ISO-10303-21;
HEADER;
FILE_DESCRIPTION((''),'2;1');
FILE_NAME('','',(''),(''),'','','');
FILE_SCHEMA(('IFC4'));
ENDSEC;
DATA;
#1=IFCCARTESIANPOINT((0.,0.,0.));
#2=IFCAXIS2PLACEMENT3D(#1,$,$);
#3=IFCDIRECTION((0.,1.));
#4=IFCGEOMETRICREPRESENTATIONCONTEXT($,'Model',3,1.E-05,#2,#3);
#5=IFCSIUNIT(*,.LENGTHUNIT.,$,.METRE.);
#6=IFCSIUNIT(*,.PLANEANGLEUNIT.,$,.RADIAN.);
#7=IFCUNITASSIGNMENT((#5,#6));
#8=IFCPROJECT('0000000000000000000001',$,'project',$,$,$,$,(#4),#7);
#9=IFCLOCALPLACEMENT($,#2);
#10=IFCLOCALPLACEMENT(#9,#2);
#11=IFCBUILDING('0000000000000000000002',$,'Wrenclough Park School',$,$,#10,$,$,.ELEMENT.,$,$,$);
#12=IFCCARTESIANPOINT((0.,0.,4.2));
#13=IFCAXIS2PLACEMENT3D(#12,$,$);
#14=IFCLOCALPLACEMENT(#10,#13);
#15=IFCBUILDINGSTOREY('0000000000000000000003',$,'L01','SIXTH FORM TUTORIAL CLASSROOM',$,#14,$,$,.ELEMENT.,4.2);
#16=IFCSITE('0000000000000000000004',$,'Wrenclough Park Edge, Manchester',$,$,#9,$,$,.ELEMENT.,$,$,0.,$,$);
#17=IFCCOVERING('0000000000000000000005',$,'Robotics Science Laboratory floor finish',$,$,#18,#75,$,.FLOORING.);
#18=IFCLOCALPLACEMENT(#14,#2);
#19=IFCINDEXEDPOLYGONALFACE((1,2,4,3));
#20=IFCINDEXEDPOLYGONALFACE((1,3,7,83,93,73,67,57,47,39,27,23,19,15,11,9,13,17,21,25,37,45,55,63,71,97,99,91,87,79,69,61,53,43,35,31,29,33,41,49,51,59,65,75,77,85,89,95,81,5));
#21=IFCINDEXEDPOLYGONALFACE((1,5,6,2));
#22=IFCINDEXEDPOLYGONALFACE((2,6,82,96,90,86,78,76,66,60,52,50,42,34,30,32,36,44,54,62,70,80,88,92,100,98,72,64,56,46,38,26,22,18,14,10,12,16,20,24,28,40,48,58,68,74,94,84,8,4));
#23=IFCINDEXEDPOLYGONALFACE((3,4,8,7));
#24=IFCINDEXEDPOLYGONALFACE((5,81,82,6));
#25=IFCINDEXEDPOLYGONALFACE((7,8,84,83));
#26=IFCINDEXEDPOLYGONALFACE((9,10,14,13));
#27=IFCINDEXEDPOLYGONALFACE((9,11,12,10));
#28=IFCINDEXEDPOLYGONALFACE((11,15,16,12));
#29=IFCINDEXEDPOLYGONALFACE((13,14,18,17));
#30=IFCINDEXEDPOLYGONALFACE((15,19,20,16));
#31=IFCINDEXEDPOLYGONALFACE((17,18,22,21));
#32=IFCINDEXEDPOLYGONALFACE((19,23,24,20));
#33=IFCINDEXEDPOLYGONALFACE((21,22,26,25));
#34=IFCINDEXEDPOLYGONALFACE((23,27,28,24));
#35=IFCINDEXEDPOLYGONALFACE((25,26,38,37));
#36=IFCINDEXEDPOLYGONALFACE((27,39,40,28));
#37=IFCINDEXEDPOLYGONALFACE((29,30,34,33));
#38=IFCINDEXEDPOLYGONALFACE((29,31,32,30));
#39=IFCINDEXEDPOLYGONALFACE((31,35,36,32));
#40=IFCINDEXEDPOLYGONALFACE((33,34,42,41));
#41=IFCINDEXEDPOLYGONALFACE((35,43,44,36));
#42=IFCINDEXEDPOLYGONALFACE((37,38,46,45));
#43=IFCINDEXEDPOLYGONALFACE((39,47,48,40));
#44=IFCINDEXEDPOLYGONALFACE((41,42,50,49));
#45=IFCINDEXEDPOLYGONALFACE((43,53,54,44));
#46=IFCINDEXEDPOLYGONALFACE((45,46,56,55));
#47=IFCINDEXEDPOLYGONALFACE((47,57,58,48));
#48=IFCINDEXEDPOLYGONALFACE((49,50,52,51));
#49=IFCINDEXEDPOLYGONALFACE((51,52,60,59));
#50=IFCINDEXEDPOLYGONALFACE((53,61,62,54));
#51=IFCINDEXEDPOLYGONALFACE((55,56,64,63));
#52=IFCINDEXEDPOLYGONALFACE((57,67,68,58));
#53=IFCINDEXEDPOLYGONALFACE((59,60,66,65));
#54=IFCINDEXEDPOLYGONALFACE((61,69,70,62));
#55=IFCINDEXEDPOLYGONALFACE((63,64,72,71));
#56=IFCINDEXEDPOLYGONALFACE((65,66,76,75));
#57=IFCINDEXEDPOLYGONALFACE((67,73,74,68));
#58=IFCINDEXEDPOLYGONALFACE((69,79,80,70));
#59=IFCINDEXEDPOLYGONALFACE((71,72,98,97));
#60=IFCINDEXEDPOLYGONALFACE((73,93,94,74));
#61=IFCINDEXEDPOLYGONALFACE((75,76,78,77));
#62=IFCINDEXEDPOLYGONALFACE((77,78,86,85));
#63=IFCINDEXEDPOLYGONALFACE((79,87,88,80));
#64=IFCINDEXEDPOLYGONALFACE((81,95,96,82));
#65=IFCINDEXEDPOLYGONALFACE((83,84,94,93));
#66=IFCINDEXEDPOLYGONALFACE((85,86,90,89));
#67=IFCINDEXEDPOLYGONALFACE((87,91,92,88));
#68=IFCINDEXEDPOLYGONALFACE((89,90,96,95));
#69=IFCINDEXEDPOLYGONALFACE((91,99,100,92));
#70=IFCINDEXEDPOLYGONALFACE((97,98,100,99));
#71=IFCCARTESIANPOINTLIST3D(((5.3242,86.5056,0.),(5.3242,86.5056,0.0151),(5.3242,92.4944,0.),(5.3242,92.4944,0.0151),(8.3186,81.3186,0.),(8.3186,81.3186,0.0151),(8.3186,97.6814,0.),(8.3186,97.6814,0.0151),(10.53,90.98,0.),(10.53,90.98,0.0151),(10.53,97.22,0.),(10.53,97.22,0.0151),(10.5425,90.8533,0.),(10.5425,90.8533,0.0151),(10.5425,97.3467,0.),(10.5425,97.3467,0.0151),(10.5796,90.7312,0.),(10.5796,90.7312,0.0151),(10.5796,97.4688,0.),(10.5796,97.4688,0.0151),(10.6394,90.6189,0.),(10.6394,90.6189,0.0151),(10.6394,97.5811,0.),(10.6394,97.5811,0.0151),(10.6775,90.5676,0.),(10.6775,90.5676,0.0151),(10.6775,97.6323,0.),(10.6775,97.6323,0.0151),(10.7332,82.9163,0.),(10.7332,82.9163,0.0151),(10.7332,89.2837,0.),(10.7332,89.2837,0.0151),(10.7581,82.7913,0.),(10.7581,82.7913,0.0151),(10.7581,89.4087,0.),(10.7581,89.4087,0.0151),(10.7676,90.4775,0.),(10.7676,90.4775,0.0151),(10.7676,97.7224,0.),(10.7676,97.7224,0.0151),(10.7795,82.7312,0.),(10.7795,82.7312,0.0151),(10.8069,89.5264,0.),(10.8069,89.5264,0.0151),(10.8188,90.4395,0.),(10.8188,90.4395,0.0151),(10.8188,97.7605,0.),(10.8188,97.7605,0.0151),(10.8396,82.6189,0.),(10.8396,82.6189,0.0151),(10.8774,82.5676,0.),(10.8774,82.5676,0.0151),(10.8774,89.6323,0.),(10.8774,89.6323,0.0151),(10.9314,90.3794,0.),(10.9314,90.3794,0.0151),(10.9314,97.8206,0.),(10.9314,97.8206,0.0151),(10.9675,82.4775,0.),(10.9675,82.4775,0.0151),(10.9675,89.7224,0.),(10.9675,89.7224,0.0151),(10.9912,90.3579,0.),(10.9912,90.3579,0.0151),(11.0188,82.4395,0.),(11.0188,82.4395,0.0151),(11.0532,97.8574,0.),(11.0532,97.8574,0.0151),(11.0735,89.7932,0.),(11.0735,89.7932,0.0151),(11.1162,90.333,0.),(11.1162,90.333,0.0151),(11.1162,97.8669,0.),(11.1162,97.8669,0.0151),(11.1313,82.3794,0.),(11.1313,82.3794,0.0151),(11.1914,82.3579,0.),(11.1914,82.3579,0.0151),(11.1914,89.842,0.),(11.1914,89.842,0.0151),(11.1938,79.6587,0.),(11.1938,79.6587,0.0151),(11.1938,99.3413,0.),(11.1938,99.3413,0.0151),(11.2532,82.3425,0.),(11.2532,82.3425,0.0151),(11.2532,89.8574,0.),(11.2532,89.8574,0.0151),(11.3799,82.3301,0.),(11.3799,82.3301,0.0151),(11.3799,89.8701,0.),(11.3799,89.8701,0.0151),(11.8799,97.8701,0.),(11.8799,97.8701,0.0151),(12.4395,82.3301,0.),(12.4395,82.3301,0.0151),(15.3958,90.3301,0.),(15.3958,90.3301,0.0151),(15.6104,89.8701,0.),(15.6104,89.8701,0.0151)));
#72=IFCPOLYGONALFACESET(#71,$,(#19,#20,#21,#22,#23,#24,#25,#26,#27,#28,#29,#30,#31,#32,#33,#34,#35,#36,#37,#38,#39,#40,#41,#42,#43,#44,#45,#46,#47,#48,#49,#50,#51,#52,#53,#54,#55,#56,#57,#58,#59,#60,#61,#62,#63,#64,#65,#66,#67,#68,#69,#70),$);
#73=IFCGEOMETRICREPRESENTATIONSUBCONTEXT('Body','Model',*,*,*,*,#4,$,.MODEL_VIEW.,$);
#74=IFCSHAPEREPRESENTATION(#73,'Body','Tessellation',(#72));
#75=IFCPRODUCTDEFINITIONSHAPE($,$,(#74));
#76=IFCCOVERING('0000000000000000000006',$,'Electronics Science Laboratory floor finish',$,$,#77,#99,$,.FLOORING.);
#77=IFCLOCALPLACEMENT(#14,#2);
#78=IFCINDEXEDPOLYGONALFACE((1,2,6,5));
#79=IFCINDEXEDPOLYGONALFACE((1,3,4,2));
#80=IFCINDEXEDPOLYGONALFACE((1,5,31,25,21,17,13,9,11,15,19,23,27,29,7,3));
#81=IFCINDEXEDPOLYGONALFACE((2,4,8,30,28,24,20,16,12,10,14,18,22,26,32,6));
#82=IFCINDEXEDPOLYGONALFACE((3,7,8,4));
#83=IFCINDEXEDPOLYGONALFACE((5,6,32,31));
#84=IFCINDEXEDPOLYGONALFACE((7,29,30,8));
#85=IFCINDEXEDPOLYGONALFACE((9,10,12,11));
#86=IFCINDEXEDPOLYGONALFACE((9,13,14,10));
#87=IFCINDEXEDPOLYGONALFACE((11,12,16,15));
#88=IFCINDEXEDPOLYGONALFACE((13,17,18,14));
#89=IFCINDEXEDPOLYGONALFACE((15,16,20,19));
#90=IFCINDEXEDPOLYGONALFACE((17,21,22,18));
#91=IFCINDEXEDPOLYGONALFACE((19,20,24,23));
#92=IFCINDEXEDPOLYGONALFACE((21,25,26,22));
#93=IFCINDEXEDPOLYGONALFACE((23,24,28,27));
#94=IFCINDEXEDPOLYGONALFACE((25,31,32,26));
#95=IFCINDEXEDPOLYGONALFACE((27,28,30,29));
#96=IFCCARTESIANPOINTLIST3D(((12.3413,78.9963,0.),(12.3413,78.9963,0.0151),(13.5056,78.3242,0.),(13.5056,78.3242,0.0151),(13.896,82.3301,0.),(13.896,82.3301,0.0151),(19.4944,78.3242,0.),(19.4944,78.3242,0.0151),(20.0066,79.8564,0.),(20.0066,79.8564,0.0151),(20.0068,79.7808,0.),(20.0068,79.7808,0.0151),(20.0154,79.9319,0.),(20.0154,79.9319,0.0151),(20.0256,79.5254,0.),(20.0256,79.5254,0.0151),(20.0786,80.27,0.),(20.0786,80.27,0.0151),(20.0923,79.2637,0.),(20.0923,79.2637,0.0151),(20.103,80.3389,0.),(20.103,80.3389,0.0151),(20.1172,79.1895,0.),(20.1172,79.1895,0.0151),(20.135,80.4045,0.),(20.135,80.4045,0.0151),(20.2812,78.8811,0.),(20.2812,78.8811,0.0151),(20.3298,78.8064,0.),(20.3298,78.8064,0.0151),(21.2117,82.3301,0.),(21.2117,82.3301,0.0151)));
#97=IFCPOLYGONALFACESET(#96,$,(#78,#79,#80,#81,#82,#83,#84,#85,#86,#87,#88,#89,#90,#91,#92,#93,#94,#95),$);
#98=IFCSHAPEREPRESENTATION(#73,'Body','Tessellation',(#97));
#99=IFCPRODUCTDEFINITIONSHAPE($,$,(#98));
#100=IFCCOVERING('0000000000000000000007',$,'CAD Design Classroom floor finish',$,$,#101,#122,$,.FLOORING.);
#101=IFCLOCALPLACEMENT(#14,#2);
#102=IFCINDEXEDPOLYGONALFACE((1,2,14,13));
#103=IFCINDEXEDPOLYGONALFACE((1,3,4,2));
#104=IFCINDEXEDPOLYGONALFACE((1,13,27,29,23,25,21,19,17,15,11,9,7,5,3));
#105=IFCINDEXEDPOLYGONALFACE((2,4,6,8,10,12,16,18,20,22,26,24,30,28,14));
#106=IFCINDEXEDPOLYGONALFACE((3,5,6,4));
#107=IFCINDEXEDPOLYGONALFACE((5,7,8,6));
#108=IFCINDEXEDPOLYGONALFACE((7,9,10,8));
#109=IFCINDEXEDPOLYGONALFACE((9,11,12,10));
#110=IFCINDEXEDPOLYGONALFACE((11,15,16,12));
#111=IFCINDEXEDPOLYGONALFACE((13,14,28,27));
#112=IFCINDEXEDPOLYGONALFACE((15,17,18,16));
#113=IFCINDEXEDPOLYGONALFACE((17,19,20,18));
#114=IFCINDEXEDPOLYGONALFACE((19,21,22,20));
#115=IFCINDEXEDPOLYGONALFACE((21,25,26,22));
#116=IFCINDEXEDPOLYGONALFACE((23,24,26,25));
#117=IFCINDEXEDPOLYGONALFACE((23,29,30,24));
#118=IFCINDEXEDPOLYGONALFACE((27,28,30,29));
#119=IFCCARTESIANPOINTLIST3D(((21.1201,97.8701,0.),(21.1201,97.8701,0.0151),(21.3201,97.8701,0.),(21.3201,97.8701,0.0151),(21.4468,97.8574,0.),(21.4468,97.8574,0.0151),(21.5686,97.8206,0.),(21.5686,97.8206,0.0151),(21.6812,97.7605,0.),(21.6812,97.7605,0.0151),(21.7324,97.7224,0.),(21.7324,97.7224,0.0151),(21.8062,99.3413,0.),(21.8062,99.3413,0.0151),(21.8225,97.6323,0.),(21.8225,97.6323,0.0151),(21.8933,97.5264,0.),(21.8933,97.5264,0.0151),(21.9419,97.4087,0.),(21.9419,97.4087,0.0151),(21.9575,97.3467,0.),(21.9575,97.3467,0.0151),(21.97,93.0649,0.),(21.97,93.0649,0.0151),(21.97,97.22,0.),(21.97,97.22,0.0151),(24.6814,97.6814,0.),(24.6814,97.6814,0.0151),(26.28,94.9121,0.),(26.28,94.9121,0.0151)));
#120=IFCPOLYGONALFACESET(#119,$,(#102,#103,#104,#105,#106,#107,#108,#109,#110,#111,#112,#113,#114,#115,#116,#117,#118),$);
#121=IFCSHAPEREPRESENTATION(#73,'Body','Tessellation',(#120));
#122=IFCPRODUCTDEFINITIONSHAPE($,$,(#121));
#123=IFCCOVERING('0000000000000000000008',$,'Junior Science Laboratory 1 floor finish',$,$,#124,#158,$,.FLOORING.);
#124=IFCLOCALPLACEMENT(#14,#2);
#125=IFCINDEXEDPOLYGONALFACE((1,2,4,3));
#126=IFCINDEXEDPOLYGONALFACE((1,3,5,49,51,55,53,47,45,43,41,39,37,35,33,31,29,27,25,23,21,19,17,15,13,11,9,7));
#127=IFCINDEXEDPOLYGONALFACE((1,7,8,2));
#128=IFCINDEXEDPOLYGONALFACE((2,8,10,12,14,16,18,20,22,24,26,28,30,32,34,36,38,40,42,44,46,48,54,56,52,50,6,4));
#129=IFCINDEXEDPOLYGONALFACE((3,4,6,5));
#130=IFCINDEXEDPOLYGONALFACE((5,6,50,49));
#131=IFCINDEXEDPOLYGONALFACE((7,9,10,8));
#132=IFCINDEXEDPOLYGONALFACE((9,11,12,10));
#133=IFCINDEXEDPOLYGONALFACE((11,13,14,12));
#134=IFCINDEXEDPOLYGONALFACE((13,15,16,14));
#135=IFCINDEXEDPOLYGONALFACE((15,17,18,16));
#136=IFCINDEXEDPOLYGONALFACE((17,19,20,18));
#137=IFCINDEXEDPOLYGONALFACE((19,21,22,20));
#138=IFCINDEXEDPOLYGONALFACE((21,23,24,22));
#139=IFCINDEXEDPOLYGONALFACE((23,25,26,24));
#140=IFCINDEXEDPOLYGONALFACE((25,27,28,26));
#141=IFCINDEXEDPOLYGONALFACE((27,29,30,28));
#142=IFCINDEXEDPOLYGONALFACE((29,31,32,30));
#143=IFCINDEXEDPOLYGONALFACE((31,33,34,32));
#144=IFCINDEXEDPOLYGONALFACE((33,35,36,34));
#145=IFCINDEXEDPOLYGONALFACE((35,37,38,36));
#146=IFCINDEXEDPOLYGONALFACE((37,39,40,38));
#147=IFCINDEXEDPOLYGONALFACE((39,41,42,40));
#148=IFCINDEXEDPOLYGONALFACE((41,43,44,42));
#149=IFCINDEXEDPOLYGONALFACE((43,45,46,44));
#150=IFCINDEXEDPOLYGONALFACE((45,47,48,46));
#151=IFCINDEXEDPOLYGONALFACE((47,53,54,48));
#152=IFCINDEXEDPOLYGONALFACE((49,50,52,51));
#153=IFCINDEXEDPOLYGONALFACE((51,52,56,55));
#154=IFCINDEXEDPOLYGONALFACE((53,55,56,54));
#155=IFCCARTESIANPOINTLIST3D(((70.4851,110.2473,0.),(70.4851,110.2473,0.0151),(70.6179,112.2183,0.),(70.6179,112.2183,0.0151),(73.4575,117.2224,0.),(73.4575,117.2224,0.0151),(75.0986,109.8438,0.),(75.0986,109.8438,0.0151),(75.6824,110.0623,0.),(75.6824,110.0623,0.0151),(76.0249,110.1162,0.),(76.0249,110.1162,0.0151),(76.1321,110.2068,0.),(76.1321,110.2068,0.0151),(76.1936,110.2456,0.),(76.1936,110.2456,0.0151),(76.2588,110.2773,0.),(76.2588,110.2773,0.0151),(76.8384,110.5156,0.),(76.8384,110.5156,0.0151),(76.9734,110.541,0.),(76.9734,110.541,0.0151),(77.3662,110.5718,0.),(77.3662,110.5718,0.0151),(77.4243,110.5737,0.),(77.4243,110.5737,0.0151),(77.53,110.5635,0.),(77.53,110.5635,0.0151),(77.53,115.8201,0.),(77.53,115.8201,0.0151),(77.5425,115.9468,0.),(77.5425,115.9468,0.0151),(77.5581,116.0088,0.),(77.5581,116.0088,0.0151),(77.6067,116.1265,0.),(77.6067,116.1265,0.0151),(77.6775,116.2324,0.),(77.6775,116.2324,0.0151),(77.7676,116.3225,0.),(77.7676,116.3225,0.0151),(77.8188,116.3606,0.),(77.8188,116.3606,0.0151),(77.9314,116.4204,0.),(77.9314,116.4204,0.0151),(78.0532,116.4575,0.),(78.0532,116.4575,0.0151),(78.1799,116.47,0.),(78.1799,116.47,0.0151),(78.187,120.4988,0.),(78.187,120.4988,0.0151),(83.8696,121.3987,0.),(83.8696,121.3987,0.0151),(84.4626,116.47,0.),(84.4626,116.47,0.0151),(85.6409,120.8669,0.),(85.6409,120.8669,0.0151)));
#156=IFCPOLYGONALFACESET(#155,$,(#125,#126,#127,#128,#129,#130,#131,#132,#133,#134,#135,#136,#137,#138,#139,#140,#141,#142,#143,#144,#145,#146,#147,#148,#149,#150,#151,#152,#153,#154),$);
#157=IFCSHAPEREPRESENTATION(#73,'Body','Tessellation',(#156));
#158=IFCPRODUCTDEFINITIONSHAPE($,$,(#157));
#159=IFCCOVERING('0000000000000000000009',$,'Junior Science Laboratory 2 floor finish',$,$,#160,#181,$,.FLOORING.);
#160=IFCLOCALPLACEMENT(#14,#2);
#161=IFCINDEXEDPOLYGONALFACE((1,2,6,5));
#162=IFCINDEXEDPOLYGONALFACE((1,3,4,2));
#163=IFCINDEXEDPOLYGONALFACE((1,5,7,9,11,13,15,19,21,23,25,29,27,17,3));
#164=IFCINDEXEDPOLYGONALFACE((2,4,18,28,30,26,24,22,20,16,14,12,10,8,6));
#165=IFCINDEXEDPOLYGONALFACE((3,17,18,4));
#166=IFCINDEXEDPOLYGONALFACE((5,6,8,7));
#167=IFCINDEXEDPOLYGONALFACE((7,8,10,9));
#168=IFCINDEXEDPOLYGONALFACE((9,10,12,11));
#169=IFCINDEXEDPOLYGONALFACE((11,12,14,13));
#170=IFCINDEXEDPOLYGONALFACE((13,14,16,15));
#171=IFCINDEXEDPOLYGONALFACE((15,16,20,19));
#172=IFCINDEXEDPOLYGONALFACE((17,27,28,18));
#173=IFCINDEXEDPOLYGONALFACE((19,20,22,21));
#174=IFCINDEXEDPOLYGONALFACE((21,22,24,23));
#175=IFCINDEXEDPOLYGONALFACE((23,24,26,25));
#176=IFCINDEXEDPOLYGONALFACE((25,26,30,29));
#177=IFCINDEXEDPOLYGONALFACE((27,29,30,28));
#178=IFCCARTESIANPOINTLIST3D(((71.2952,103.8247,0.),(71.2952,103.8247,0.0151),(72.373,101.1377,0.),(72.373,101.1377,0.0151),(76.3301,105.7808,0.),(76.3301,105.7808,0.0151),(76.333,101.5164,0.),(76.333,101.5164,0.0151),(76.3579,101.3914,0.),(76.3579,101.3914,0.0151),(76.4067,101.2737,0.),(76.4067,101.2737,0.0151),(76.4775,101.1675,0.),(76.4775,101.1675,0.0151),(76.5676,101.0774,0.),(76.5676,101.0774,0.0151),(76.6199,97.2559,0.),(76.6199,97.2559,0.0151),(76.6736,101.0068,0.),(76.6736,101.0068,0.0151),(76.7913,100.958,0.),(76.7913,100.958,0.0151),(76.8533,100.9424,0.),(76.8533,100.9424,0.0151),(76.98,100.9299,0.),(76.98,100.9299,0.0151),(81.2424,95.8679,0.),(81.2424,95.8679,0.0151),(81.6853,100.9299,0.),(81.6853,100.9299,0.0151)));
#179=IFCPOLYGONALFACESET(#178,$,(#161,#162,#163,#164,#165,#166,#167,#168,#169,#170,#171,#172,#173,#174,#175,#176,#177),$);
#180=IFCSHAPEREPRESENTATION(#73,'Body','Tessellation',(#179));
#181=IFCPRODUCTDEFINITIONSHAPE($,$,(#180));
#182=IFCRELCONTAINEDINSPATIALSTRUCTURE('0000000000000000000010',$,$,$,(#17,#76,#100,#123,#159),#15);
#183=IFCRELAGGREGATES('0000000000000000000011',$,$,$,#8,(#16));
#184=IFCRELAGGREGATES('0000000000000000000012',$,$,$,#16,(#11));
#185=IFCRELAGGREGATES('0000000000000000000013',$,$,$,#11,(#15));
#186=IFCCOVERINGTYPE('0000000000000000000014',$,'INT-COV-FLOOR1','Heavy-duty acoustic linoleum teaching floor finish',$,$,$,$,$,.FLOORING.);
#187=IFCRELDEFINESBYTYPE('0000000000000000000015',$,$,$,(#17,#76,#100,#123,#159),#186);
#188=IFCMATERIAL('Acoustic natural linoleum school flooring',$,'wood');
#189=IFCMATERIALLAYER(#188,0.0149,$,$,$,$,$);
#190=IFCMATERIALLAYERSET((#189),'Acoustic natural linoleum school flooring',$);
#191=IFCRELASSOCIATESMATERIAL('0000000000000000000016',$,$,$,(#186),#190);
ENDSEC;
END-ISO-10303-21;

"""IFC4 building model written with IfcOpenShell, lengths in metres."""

from ifc_helpers import new_model, si_unit, direction, frame, origin, place, context, subcontext, project, spatial, polyline, outline, extrude, material, layer, layer_set, type_object, element, save


model = new_model("IFC4")

# Units and contexts
model_context = context("Model", 3, precision=1e-05, world=origin(), true_north=direction((0.0, 1.0)))
body_context = subcontext(model_context, "Body", "Model", "MODEL_VIEW")
ifc_project = project(units=[si_unit("LENGTHUNIT", "METRE"), si_unit("PLANEANGLEUNIT", "RADIAN")], contexts=[model_context])

# Site, building, storey
site_placement = place(None, origin())
site = spatial("IfcSite", under=ifc_project, at=site_placement, Name="Wrenclough Park Edge, Manchester", CompositionType="ELEMENT", RefElevation=0.0)
building_placement = place(site_placement, origin())
building = spatial("IfcBuilding", under=site, at=building_placement, Name="Wrenclough Park School", CompositionType="ELEMENT")
storey_placement = place(building_placement, frame((0.0, 0.0, 4.2)))
storey = spatial("IfcBuildingStorey", under=building, at=storey_placement, Name="L01", Description="SIXTH FORM TUTORIAL CLASSROOM", CompositionType="ELEMENT", Elevation=4.2)

# Coverings
ifc_material_1 = material(Name="Acoustic natural linoleum school flooring", Category="wood")
ifc_layer_1 = layer(ifc_material_1, 0.0149)
ifc_layer_set_1 = layer_set([ifc_layer_1], Name="Acoustic natural linoleum school flooring")
covering_type_1 = type_object("IfcCoveringType", Name="INT-COV-FLOOR1", Description="Heavy-duty acoustic linoleum teaching floor finish", PredefinedType="FLOORING", material=ifc_layer_set_1)
covering_1_placement = place(storey_placement, origin())
element("IfcCovering", 1, at=covering_1_placement, inside=storey, type_object=covering_type_1, Name="Robotics Science Laboratory floor finish", PredefinedType="FLOORING", context=body_context, shape_type="SweptSolid", body=[
    extrude(outline(polyline([(11.3799, 89.8701), (15.6104, 89.8701), (15.3958, 90.3301), (11.1162, 90.333), (10.9912, 90.3579), (10.9314, 90.3794), (10.8188, 90.4395), (10.7676, 90.4775), (10.6775, 90.5676), (10.6394, 90.6189), (10.5796, 90.7312), (10.5425, 90.8533), (10.53, 90.98), (10.53, 97.22), (10.5425, 97.3467), (10.5796, 97.4688), (10.6394, 97.5811), (10.6775, 97.6323), (10.7676, 97.7224), (10.8188, 97.7605), (10.9314, 97.8206), (11.0532, 97.8574), (11.1162, 97.8669), (11.8799, 97.8701), (11.1938, 99.3413), (8.3186, 97.6814), (5.3242, 92.4944), (5.3242, 86.5056), (8.3186, 81.3186), (11.1938, 79.6587), (12.4395, 82.3301), (11.3799, 82.3301), (11.2532, 82.3425), (11.1914, 82.3579), (11.1313, 82.3794), (11.0188, 82.4395), (10.9675, 82.4775), (10.8774, 82.5676), (10.8396, 82.6189), (10.7795, 82.7312), (10.7581, 82.7913), (10.7332, 82.9163), (10.7332, 89.2837), (10.7581, 89.4087), (10.8069, 89.5264), (10.8774, 89.6323), (10.9675, 89.7224), (11.0735, 89.7932), (11.1914, 89.842), (11.2532, 89.8574), (11.3799, 89.8701)])), origin(), (0.0, 0.0, 1.0), 0.0151),
])
covering_2_placement = place(storey_placement, origin())
element("IfcCovering", 2, at=covering_2_placement, inside=storey, type_object=covering_type_1, Name="Electronics Science Laboratory floor finish", PredefinedType="FLOORING", context=body_context, shape_type="SweptSolid", body=[
    extrude(outline(polyline([(21.2117, 82.3301), (13.896, 82.3301), (12.3413, 78.9963), (13.5056, 78.3242), (19.4944, 78.3242), (20.3298, 78.8064), (20.2812, 78.8811), (20.1172, 79.1895), (20.0923, 79.2637), (20.0256, 79.5254), (20.0068, 79.7808), (20.0066, 79.8564), (20.0154, 79.9319), (20.0786, 80.27), (20.103, 80.3389), (20.135, 80.4045), (21.2117, 82.3301)])), origin(), (0.0, 0.0, 1.0), 0.0151),
])
covering_3_placement = place(storey_placement, origin())
element("IfcCovering", 3, at=covering_3_placement, inside=storey, type_object=covering_type_1, Name="CAD Design Classroom floor finish", PredefinedType="FLOORING", context=body_context, shape_type="SweptSolid", body=[
    extrude(outline(polyline([(21.97, 97.22), (21.97, 93.0649), (26.28, 94.9121), (24.6814, 97.6814), (21.8062, 99.3413), (21.1201, 97.8701), (21.3201, 97.8701), (21.4468, 97.8574), (21.5686, 97.8206), (21.6812, 97.7605), (21.7324, 97.7224), (21.8225, 97.6323), (21.8933, 97.5264), (21.9419, 97.4087), (21.9575, 97.3467), (21.97, 97.22)])), origin(), (0.0, 0.0, 1.0), 0.0151),
])
covering_4_placement = place(storey_placement, origin())
element("IfcCovering", 4, at=covering_4_placement, inside=storey, type_object=covering_type_1, Name="Junior Science Laboratory 1 floor finish", PredefinedType="FLOORING", context=body_context, shape_type="SweptSolid", body=[
    extrude(outline(polyline([(76.0249, 110.1162), (76.1321, 110.2068), (76.1936, 110.2456), (76.2588, 110.2773), (76.8384, 110.5156), (76.9734, 110.541), (77.3662, 110.5718), (77.4243, 110.5737), (77.53, 110.5635), (77.53, 115.8201), (77.5425, 115.9468), (77.5581, 116.0088), (77.6067, 116.1265), (77.6775, 116.2324), (77.7676, 116.3225), (77.8188, 116.3606), (77.9314, 116.4204), (78.0532, 116.4575), (78.1799, 116.47), (84.4626, 116.47), (85.6409, 120.8669), (83.8696, 121.3987), (78.187, 120.4988), (73.4575, 117.2224), (70.6179, 112.2183), (70.4851, 110.2473), (75.0986, 109.8438), (75.6824, 110.0623), (76.0249, 110.1162)])), origin(), (0.0, 0.0, 1.0), 0.0151),
])
covering_5_placement = place(storey_placement, origin())
element("IfcCovering", 5, at=covering_5_placement, inside=storey, type_object=covering_type_1, Name="Junior Science Laboratory 2 floor finish", PredefinedType="FLOORING", context=body_context, shape_type="SweptSolid", body=[
    extrude(outline(polyline([(71.2952, 103.8247), (72.373, 101.1377), (76.6199, 97.2559), (81.2424, 95.8679), (81.6853, 100.9299), (76.98, 100.9299), (76.8533, 100.9424), (76.7913, 100.958), (76.6736, 101.0068), (76.5676, 101.0774), (76.4775, 101.1675), (76.4067, 101.2737), (76.3579, 101.3914), (76.333, 101.5164), (76.3301, 105.7808), (71.2952, 103.8247)])), origin(), (0.0, 0.0, 1.0), 0.0151),
])

save(model, "model.ifc")
